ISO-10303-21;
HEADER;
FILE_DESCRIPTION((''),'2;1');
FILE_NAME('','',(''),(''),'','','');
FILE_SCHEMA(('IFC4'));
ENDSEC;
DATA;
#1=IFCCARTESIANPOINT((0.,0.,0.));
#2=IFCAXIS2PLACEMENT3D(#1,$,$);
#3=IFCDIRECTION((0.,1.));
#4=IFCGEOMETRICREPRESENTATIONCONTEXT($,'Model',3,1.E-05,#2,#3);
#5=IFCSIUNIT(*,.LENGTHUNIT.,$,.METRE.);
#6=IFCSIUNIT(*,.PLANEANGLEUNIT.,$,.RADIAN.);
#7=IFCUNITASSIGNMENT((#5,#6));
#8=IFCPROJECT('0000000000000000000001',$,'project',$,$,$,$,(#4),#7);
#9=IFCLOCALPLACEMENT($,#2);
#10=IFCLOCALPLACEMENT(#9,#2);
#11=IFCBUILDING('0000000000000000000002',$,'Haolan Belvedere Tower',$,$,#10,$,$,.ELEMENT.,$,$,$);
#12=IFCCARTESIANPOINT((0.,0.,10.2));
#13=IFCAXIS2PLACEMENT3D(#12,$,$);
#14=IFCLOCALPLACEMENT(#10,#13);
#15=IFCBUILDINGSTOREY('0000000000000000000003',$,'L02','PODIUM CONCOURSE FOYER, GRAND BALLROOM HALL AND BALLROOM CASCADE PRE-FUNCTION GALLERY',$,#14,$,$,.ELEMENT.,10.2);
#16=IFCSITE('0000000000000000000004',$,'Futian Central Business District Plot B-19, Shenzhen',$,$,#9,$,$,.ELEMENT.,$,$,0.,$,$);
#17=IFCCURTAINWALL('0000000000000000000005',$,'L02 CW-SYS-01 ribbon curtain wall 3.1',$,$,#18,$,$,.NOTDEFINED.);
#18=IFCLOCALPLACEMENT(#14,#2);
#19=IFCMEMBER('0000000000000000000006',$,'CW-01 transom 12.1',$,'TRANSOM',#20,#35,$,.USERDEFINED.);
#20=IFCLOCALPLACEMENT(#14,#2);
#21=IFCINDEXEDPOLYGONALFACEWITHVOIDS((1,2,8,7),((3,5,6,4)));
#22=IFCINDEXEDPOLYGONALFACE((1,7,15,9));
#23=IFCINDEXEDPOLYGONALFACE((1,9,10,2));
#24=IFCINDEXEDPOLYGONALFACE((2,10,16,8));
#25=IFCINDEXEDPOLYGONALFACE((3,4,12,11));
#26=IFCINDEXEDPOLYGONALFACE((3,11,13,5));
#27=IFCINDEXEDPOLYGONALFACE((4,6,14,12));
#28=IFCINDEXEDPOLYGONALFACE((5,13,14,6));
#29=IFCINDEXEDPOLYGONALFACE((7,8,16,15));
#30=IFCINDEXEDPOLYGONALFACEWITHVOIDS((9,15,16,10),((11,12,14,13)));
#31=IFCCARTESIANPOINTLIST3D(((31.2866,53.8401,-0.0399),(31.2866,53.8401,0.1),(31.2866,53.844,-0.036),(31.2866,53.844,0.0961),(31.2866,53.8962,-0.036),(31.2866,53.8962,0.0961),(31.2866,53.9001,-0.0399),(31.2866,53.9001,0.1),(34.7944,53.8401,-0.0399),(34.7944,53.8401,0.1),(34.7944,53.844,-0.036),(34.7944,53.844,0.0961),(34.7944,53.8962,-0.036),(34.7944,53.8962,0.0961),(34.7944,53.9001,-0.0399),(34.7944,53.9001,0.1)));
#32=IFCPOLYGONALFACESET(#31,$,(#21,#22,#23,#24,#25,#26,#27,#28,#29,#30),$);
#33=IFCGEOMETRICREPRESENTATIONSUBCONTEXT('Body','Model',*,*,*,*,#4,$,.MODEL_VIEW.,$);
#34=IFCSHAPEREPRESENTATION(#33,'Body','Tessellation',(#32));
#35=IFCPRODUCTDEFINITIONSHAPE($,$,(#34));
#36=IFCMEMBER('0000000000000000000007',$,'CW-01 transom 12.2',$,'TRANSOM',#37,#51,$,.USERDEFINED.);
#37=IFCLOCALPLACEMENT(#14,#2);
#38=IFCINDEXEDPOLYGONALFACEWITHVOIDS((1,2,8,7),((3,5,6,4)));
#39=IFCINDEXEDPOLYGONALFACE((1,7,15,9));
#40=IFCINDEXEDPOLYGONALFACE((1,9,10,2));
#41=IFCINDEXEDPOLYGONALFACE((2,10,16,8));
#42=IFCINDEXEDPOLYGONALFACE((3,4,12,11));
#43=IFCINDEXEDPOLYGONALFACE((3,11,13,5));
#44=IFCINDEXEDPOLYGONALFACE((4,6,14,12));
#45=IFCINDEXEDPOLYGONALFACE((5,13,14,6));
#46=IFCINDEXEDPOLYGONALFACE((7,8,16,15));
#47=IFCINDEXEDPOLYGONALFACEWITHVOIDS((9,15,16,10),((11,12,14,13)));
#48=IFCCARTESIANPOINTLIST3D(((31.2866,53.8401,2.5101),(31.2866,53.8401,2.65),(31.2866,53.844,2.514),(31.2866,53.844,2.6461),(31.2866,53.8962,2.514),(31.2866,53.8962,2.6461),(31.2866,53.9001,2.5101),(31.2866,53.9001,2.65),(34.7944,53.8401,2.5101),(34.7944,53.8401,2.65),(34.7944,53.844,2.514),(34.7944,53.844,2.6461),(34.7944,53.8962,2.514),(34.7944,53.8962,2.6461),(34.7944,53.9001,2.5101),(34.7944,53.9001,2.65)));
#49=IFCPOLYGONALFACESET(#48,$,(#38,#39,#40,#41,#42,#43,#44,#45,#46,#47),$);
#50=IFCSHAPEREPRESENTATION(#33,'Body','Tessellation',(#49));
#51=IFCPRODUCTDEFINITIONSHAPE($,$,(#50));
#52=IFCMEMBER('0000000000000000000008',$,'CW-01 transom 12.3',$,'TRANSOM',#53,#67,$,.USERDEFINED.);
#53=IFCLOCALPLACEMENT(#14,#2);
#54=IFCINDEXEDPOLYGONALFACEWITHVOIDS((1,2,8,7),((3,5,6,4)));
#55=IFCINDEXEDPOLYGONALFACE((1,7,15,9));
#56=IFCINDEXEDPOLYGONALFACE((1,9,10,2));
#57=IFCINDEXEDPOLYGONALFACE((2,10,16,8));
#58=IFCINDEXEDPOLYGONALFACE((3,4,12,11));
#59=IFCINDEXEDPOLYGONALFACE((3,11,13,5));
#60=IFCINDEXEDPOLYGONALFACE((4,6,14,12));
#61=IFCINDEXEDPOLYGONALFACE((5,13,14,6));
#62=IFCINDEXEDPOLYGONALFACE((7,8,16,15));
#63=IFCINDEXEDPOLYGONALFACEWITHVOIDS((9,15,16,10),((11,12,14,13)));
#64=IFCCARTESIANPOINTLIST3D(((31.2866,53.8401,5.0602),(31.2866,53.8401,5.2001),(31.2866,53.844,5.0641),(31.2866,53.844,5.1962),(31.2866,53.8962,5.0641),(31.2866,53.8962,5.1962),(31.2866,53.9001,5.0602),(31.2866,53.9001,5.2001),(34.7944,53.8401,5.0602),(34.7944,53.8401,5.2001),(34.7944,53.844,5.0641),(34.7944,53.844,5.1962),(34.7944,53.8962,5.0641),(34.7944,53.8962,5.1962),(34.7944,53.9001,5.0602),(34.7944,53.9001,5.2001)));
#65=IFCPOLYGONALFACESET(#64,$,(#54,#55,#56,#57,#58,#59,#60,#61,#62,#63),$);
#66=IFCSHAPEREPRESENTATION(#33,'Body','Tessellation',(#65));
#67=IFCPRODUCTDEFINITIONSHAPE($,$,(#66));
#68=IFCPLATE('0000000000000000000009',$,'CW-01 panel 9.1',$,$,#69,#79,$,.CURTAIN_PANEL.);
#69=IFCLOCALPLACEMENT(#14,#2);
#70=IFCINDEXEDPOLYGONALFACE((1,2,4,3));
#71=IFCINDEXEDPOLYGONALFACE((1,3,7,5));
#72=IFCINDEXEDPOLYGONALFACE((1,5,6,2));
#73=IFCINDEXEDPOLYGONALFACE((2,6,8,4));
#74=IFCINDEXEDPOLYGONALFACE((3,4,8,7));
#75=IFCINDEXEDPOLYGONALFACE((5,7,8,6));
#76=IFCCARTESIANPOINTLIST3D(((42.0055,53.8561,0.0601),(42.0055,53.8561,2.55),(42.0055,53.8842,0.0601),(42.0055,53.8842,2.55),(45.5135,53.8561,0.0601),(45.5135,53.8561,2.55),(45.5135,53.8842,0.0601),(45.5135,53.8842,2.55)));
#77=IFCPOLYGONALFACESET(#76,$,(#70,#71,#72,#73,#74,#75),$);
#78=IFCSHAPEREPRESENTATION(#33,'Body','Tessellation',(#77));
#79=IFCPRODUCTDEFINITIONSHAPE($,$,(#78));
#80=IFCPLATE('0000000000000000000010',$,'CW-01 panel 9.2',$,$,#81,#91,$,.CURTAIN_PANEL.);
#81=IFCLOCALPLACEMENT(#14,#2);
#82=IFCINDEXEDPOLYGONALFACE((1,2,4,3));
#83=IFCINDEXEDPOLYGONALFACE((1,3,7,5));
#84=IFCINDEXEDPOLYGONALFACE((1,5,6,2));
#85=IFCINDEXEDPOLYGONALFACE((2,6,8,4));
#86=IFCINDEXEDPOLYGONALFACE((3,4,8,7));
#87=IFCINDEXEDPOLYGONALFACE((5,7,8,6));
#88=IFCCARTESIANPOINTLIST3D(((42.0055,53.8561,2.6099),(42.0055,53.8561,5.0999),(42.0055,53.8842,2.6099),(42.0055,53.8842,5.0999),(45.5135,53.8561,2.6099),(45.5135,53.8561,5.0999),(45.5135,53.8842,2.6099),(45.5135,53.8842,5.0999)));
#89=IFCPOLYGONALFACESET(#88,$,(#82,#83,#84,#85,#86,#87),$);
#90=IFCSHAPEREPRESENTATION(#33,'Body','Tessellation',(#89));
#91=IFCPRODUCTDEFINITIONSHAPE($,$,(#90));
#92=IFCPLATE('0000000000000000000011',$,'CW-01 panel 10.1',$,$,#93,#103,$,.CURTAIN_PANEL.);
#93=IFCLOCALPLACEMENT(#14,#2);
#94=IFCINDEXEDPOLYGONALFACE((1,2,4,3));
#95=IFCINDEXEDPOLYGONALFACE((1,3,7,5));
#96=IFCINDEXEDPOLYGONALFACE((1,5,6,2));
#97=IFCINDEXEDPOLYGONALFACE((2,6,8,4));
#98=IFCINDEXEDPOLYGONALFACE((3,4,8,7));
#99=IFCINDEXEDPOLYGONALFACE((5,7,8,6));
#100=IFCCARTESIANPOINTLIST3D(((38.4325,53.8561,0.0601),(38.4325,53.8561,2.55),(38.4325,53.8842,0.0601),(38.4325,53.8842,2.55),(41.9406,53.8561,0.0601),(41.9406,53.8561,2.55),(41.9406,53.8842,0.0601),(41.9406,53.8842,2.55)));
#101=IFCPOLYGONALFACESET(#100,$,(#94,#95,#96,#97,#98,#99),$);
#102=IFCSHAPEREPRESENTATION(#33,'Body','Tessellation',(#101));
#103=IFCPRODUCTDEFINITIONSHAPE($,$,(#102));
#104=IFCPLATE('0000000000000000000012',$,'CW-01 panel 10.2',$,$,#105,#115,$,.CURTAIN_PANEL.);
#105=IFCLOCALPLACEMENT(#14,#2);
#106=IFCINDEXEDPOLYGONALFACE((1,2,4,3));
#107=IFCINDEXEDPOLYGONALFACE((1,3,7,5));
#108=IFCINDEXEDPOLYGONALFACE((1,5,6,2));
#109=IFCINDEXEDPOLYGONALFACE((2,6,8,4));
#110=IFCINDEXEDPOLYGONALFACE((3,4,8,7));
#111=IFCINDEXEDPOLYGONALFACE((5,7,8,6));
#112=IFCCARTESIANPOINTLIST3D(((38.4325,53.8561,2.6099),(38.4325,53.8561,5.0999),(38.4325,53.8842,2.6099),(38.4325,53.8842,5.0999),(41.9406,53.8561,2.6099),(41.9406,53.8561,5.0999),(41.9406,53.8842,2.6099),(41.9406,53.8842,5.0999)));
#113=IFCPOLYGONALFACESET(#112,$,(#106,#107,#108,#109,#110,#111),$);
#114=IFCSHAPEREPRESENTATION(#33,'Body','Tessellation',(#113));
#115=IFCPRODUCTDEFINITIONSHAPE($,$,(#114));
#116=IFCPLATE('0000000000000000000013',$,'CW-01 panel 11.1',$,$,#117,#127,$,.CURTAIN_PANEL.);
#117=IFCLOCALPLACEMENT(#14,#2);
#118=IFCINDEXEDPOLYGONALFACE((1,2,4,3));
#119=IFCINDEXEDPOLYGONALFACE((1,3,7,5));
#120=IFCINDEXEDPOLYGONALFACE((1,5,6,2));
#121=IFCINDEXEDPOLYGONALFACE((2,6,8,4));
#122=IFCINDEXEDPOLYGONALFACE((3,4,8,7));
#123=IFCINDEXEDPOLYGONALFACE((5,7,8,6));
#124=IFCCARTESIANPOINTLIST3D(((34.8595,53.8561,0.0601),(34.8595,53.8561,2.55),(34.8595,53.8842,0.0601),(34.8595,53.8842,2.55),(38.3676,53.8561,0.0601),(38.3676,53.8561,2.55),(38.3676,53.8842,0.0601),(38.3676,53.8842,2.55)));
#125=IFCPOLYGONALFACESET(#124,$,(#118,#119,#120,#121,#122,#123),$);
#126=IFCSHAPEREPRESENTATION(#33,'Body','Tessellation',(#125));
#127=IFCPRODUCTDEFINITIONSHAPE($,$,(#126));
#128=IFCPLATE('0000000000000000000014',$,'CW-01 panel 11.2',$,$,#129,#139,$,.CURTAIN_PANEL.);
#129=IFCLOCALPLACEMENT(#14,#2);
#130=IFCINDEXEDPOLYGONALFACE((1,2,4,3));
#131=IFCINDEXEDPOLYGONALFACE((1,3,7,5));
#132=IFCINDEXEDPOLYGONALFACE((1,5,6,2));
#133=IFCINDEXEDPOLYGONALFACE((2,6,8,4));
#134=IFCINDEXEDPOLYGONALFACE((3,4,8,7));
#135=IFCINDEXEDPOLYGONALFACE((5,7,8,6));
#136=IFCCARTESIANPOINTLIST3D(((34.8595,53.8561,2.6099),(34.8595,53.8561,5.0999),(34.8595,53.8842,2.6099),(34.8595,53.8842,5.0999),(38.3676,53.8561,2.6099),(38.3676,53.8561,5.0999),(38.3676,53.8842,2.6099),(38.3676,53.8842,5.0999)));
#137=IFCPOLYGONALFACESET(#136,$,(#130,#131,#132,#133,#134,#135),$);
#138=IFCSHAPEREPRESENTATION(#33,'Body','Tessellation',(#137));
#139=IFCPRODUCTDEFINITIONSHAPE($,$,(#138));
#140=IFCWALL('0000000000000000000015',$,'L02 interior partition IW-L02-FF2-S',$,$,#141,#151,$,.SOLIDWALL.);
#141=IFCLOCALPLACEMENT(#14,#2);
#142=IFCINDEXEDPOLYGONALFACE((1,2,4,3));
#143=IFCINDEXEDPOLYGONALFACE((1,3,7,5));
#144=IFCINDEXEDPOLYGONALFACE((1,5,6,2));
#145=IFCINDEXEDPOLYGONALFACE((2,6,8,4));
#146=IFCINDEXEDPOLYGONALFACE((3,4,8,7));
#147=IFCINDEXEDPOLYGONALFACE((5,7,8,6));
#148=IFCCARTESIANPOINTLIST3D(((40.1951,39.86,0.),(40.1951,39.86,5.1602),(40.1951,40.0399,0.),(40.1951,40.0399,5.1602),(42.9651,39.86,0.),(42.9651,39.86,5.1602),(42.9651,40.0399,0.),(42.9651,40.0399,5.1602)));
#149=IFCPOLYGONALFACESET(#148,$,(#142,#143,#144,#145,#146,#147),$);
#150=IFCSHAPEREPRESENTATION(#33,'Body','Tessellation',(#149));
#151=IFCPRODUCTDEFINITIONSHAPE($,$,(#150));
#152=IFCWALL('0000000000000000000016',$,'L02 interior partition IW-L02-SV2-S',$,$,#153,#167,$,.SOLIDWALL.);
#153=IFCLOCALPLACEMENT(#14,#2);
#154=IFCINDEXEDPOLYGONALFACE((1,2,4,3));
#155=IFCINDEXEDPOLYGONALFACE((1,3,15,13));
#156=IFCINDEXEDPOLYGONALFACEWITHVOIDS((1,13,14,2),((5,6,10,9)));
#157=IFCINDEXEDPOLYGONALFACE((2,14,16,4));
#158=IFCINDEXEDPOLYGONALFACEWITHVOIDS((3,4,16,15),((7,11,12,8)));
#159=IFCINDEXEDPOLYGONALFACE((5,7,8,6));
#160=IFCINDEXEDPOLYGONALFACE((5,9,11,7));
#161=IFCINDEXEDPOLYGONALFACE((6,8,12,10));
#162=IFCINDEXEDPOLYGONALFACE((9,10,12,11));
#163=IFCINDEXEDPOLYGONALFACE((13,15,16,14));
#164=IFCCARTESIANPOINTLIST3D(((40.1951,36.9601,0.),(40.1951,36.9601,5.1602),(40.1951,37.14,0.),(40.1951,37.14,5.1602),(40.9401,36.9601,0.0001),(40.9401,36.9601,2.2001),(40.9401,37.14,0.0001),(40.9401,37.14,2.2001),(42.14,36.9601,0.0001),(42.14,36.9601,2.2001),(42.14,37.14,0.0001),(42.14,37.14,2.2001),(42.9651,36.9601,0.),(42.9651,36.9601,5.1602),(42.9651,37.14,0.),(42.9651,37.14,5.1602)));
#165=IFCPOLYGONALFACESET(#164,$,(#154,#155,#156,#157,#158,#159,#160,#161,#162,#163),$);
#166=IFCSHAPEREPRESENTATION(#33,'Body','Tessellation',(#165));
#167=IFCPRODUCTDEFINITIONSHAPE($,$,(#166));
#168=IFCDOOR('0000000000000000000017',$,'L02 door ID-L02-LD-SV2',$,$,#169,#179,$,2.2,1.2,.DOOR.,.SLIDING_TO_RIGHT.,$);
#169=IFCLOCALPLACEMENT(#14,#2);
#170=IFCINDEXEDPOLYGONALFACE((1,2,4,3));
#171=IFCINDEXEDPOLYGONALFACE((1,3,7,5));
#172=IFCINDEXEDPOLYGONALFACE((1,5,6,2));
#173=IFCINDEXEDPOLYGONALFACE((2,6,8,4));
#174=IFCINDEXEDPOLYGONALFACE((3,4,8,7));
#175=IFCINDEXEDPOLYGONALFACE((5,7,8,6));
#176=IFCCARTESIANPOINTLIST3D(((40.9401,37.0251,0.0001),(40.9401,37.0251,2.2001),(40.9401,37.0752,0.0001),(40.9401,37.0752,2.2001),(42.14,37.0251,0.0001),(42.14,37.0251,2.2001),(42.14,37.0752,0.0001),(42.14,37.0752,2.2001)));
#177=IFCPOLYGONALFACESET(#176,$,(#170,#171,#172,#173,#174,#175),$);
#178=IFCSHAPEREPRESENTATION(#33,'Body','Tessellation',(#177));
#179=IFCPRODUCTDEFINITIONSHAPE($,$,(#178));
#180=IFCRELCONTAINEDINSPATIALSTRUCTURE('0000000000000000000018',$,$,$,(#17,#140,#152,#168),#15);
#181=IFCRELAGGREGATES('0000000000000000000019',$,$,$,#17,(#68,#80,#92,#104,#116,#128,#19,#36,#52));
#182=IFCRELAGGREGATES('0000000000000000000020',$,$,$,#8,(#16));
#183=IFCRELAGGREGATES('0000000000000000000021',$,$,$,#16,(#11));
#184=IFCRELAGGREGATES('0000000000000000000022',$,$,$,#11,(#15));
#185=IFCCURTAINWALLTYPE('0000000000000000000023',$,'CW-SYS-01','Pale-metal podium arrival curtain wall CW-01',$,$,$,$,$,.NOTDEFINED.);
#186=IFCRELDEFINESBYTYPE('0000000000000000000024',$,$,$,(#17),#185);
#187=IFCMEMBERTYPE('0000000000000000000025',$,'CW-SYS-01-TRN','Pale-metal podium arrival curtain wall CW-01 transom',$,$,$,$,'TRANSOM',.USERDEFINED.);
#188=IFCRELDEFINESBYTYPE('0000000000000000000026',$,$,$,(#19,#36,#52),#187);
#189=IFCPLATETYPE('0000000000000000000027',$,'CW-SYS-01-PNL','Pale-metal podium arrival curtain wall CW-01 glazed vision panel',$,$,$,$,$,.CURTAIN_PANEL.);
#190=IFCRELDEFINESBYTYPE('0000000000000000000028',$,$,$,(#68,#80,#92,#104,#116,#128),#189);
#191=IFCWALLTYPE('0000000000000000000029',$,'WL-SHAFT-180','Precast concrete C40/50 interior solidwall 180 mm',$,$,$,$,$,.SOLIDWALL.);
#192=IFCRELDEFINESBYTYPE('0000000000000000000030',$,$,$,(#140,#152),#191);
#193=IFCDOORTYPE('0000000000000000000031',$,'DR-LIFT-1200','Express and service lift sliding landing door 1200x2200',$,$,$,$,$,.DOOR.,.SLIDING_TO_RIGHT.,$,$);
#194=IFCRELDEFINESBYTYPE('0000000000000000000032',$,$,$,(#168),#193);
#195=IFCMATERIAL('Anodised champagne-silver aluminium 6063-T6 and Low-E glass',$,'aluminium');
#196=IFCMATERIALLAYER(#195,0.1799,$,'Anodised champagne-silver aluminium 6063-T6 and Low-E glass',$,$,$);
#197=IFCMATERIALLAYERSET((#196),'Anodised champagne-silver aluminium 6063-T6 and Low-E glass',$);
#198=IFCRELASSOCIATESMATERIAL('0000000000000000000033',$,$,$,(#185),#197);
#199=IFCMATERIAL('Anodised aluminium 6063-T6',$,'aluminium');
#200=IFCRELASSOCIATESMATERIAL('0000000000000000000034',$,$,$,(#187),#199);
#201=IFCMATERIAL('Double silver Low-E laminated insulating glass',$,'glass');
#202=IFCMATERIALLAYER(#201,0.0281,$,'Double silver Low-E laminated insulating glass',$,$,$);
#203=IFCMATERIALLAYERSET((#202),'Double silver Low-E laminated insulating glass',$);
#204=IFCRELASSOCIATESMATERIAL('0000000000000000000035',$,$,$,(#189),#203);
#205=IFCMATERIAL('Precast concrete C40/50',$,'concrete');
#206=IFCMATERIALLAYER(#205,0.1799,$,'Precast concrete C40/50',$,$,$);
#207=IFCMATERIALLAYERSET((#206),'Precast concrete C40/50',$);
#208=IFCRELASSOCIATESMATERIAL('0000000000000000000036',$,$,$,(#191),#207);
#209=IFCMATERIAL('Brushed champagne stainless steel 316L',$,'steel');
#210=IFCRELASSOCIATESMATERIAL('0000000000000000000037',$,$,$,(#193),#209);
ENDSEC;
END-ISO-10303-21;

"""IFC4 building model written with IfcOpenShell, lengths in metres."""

from ifc_helpers import new_model, si_unit, direction, frame, frame_2d, origin, origin_2d, place, context, subcontext, project, spatial, rectangle, hollow_rectangle, extrude, material, layer, layer_set, material_profile, profile_set, type_object, element, fill, aggregate, save


model = new_model("IFC4")

# Units and contexts
model_context = context("Model", 3, precision=1e-05, world=origin(), true_north=direction((0.0, 1.0)))
body_context = subcontext(model_context, "Body", "Model", "MODEL_VIEW")
ifc_project = project(units=[si_unit("LENGTHUNIT", "METRE"), si_unit("PLANEANGLEUNIT", "RADIAN")], contexts=[model_context])

# Site, building, storey
site_placement = place(None, origin())
site = spatial("IfcSite", under=ifc_project, at=site_placement, Name="Futian Central Business District Plot B-19, Shenzhen", CompositionType="ELEMENT", RefElevation=0.0)
building_placement = place(site_placement, origin())
building = spatial("IfcBuilding", under=site, at=building_placement, Name="Haolan Belvedere Tower", CompositionType="ELEMENT")
storey_placement = place(building_placement, frame((0.0, 0.0, 10.2)))
storey = spatial("IfcBuildingStorey", under=building, at=storey_placement, Name="L02", Description="PODIUM CONCOURSE FOYER, GRAND BALLROOM HALL AND BALLROOM CASCADE PRE-FUNCTION GALLERY", CompositionType="ELEMENT", Elevation=10.2)

# Curtain wall, members, plates
ifc_material_1 = material(Name="Anodised champagne-silver aluminium 6063-T6 and Low-E glass", Category="aluminium")
ifc_layer_1 = layer(ifc_material_1, 0.1799, Name="Anodised champagne-silver aluminium 6063-T6 and Low-E glass")
ifc_layer_set_1 = layer_set([ifc_layer_1], Name="Anodised champagne-silver aluminium 6063-T6 and Low-E glass")
curtain_wall_type = type_object("IfcCurtainWallType", Name="CW-SYS-01", Description="Pale-metal podium arrival curtain wall CW-01", PredefinedType="NOTDEFINED", material=ifc_layer_set_1)
curtain_wall_placement = place(storey_placement, origin())
curtain_wall = element("IfcCurtainWall", 1, at=curtain_wall_placement, inside=storey, type_object=curtain_wall_type, Name="L02 CW-SYS-01 ribbon curtain wall 3.1", PredefinedType="NOTDEFINED")
ifc_material_2 = material(Name="Anodised aluminium 6063-T6", Category="aluminium")
ifc_material_profile_1 = material_profile(ifc_material_2, hollow_rectangle(XDim=0.0601, YDim=0.1399, WallThickness=0.0039, at=origin_2d()), Name="Anodised aluminium 6063-T6")
ifc_profile_set_1 = profile_set([ifc_material_profile_1], Name="Anodised aluminium 6063-T6")
member_type_1 = type_object("IfcMemberType", Name="CW-SYS-01-TRN", Description="Pale-metal podium arrival curtain wall CW-01 transom", ElementType="TRANSOM", PredefinedType="USERDEFINED", material=ifc_profile_set_1)
member_1_placement = place(storey_placement, frame((34.7944, 53.8701, 0.03), z_axis=(-1.0, 0.0, 0.0), x_axis=(0.0, -1.0, 0.0)))
member_1 = element("IfcMember", 2, at=member_1_placement, type_object=member_type_1, Name="CW-01 transom 12.1", ObjectType="TRANSOM", PredefinedType="USERDEFINED", context=body_context, shape_type="SweptSolid", body=[
    extrude(hollow_rectangle(XDim=0.0601, YDim=0.1399, WallThickness=0.0039, at=origin_2d()), origin(), (0.0, 0.0, 1.0), 3.5078),
])
member_2_placement = place(storey_placement, frame((34.7944, 53.8701, 2.5801), z_axis=(-1.0, 0.0, 0.0), x_axis=(0.0, -1.0, 0.0)))
member_2 = element("IfcMember", 3, at=member_2_placement, type_object=member_type_1, Name="CW-01 transom 12.2", ObjectType="TRANSOM", PredefinedType="USERDEFINED", context=body_context, shape_type="SweptSolid", body=[
    extrude(hollow_rectangle(XDim=0.0601, YDim=0.1399, WallThickness=0.0039, at=origin_2d()), origin(), (0.0, 0.0, 1.0), 3.5078),
])
member_3_placement = place(storey_placement, frame((34.7944, 53.8701, 5.1301), z_axis=(-1.0, 0.0, 0.0), x_axis=(0.0, -1.0, 0.0)))
member_3 = element("IfcMember", 4, at=member_3_placement, type_object=member_type_1, Name="CW-01 transom 12.3", ObjectType="TRANSOM", PredefinedType="USERDEFINED", context=body_context, shape_type="SweptSolid", body=[
    extrude(hollow_rectangle(XDim=0.0601, YDim=0.1399, WallThickness=0.0039, at=origin_2d()), origin(), (0.0, 0.0, 1.0), 3.5078),
])
ifc_material_3 = material(Name="Double silver Low-E laminated insulating glass", Category="glass")
ifc_layer_2 = layer(ifc_material_3, 0.0281, Name="Double silver Low-E laminated insulating glass")
ifc_layer_set_2 = layer_set([ifc_layer_2], Name="Double silver Low-E laminated insulating glass")
plate_type = type_object("IfcPlateType", Name="CW-SYS-01-PNL", Description="Pale-metal podium arrival curtain wall CW-01 glazed vision panel", PredefinedType="CURTAIN_PANEL", material=ifc_layer_set_2)
plate_1_placement = place(storey_placement, frame((43.7595, 53.8701, 0.0601), z_axis=(0.0, 0.0, 1.0), x_axis=(-1.0, 0.0, 0.0)))
plate_1 = element("IfcPlate", 5, at=plate_1_placement, type_object=plate_type, Name="CW-01 panel 9.1", PredefinedType="CURTAIN_PANEL", context=body_context, shape_type="SweptSolid", body=[
    extrude(rectangle(XDim=3.5081, YDim=0.0281, at=origin_2d()), origin(), (0.0, 0.0, 1.0), 2.49),
])
plate_2_placement = place(storey_placement, frame((43.7595, 53.8701, 2.6099), z_axis=(0.0, 0.0, 1.0), x_axis=(-1.0, 0.0, 0.0)))
plate_2 = element("IfcPlate", 6, at=plate_2_placement, type_object=plate_type, Name="CW-01 panel 9.2", PredefinedType="CURTAIN_PANEL", context=body_context, shape_type="SweptSolid", body=[
    extrude(rectangle(XDim=3.5081, YDim=0.0281, at=origin_2d()), origin(), (0.0, 0.0, 1.0), 2.49),
])
plate_3_placement = place(storey_placement, frame((40.1865, 53.8701, 0.0601), z_axis=(0.0, 0.0, 1.0), x_axis=(-1.0, 0.0, 0.0)))
plate_3 = element("IfcPlate", 7, at=plate_3_placement, type_object=plate_type, Name="CW-01 panel 10.1", PredefinedType="CURTAIN_PANEL", context=body_context, shape_type="SweptSolid", body=[
    extrude(rectangle(XDim=3.5081, YDim=0.0281, at=origin_2d()), origin(), (0.0, 0.0, 1.0), 2.49),
])
plate_4_placement = place(storey_placement, frame((40.1865, 53.8701, 2.6099), z_axis=(0.0, 0.0, 1.0), x_axis=(-1.0, 0.0, 0.0)))
plate_4 = element("IfcPlate", 8, at=plate_4_placement, type_object=plate_type, Name="CW-01 panel 10.2", PredefinedType="CURTAIN_PANEL", context=body_context, shape_type="SweptSolid", body=[
    extrude(rectangle(XDim=3.5081, YDim=0.0281, at=origin_2d()), origin(), (0.0, 0.0, 1.0), 2.49),
])
plate_5_placement = place(storey_placement, frame((36.6135, 53.8701, 0.0601), z_axis=(0.0, 0.0, 1.0), x_axis=(-1.0, 0.0, 0.0)))
plate_5 = element("IfcPlate", 9, at=plate_5_placement, type_object=plate_type, Name="CW-01 panel 11.1", PredefinedType="CURTAIN_PANEL", context=body_context, shape_type="SweptSolid", body=[
    extrude(rectangle(XDim=3.5081, YDim=0.0281, at=origin_2d()), origin(), (0.0, 0.0, 1.0), 2.49),
])
plate_6_placement = place(storey_placement, frame((36.6135, 53.8701, 2.6099), z_axis=(0.0, 0.0, 1.0), x_axis=(-1.0, 0.0, 0.0)))
plate_6 = element("IfcPlate", 10, at=plate_6_placement, type_object=plate_type, Name="CW-01 panel 11.2", PredefinedType="CURTAIN_PANEL", context=body_context, shape_type="SweptSolid", body=[
    extrude(rectangle(XDim=3.5081, YDim=0.0281, at=origin_2d()), origin(), (0.0, 0.0, 1.0), 2.49),
])
aggregate(curtain_wall, [plate_1, plate_2, plate_3, plate_4, plate_5, plate_6, member_1, member_2, member_3])

# Wall
ifc_material_4 = material(Name="Precast concrete C40/50", Category="concrete")
ifc_layer_3 = layer(ifc_material_4, 0.1799, Name="Precast concrete C40/50")
ifc_layer_set_3 = layer_set([ifc_layer_3], Name="Precast concrete C40/50")
wall_type = type_object("IfcWallType", Name="WL-SHAFT-180", Description="Precast concrete C40/50 interior solidwall 180 mm", PredefinedType="SOLIDWALL", material=ifc_layer_set_3)
wall_1_placement = place(storey_placement, frame((40.1951, 39.95, 0.0), z_axis=(0.0, 0.0, 1.0), x_axis=(1.0, 0.0, 0.0)))
element("IfcWall", 11, at=wall_1_placement, inside=storey, type_object=wall_type, Name="L02 interior partition IW-L02-FF2-S", PredefinedType="SOLIDWALL", context=body_context, shape_type="SweptSolid", body=[
    extrude(rectangle(XDim=2.77, YDim=0.1799, at=frame_2d((1.385, 0.0))), origin(), (0.0, 0.0, 1.0), 5.1602),
])

# Wall, opening, door
wall_2_placement = place(storey_placement, frame((40.1951, 37.05, 0.0), z_axis=(0.0, 0.0, 1.0), x_axis=(1.0, 0.0, 0.0)))
wall_2 = element("IfcWall", 12, at=wall_2_placement, inside=storey, type_object=wall_type, Name="L02 interior partition IW-L02-SV2-S", PredefinedType="SOLIDWALL", context=body_context, shape_type="SweptSolid", body=[
    extrude(rectangle(XDim=2.77, YDim=0.1799, at=frame_2d((1.385, 0.0))), origin(), (0.0, 0.0, 1.0), 5.1602),
])
opening_placement = place(wall_2_placement, frame((1.9451, 0.0, 0.0), z_axis=(0.0, 0.0, 1.0), x_axis=(-1.0, 0.0, 0.0)))
opening = element("IfcOpeningElement", 13, at=opening_placement, cuts=wall_2, PredefinedType="OPENING", context=body_context, shape_type="SweptSolid", body=[
    extrude(rectangle(XDim=1.2, YDim=2.2, at=frame_2d((0.6001, 1.1001))), frame((0.0, 0.0999, 0.0), z_axis=(0.0, -1.0, 0.0), x_axis=(1.0, 0.0, 0.0)), (0.0, 0.0, 1.0), 0.2),
])
ifc_material_5 = material(Name="Brushed champagne stainless steel 316L", Category="steel")
door_type = type_object("IfcDoorType", Name="DR-LIFT-1200", Description="Express and service lift sliding landing door 1200x2200", OperationType="SLIDING_TO_RIGHT", PredefinedType="DOOR", material=ifc_material_5)
door_placement = place(opening_placement, origin())
door = element("IfcDoor", 14, at=door_placement, inside=storey, type_object=door_type, Name="L02 door ID-L02-LD-SV2", OperationType="SLIDING_TO_RIGHT", OverallHeight=2.2, OverallWidth=1.2, PredefinedType="DOOR", context=body_context, shape_type="SweptSolid", body=[
    extrude(rectangle(XDim=1.2, YDim=2.2, at=frame_2d((0.6001, 1.1001))), frame((0.0, 0.0249, 0.0), z_axis=(0.0, -1.0, 0.0), x_axis=(1.0, 0.0, 0.0)), (0.0, 0.0, 1.0), 0.05),
])
fill(opening, door)

save(model, "model.ifc")
